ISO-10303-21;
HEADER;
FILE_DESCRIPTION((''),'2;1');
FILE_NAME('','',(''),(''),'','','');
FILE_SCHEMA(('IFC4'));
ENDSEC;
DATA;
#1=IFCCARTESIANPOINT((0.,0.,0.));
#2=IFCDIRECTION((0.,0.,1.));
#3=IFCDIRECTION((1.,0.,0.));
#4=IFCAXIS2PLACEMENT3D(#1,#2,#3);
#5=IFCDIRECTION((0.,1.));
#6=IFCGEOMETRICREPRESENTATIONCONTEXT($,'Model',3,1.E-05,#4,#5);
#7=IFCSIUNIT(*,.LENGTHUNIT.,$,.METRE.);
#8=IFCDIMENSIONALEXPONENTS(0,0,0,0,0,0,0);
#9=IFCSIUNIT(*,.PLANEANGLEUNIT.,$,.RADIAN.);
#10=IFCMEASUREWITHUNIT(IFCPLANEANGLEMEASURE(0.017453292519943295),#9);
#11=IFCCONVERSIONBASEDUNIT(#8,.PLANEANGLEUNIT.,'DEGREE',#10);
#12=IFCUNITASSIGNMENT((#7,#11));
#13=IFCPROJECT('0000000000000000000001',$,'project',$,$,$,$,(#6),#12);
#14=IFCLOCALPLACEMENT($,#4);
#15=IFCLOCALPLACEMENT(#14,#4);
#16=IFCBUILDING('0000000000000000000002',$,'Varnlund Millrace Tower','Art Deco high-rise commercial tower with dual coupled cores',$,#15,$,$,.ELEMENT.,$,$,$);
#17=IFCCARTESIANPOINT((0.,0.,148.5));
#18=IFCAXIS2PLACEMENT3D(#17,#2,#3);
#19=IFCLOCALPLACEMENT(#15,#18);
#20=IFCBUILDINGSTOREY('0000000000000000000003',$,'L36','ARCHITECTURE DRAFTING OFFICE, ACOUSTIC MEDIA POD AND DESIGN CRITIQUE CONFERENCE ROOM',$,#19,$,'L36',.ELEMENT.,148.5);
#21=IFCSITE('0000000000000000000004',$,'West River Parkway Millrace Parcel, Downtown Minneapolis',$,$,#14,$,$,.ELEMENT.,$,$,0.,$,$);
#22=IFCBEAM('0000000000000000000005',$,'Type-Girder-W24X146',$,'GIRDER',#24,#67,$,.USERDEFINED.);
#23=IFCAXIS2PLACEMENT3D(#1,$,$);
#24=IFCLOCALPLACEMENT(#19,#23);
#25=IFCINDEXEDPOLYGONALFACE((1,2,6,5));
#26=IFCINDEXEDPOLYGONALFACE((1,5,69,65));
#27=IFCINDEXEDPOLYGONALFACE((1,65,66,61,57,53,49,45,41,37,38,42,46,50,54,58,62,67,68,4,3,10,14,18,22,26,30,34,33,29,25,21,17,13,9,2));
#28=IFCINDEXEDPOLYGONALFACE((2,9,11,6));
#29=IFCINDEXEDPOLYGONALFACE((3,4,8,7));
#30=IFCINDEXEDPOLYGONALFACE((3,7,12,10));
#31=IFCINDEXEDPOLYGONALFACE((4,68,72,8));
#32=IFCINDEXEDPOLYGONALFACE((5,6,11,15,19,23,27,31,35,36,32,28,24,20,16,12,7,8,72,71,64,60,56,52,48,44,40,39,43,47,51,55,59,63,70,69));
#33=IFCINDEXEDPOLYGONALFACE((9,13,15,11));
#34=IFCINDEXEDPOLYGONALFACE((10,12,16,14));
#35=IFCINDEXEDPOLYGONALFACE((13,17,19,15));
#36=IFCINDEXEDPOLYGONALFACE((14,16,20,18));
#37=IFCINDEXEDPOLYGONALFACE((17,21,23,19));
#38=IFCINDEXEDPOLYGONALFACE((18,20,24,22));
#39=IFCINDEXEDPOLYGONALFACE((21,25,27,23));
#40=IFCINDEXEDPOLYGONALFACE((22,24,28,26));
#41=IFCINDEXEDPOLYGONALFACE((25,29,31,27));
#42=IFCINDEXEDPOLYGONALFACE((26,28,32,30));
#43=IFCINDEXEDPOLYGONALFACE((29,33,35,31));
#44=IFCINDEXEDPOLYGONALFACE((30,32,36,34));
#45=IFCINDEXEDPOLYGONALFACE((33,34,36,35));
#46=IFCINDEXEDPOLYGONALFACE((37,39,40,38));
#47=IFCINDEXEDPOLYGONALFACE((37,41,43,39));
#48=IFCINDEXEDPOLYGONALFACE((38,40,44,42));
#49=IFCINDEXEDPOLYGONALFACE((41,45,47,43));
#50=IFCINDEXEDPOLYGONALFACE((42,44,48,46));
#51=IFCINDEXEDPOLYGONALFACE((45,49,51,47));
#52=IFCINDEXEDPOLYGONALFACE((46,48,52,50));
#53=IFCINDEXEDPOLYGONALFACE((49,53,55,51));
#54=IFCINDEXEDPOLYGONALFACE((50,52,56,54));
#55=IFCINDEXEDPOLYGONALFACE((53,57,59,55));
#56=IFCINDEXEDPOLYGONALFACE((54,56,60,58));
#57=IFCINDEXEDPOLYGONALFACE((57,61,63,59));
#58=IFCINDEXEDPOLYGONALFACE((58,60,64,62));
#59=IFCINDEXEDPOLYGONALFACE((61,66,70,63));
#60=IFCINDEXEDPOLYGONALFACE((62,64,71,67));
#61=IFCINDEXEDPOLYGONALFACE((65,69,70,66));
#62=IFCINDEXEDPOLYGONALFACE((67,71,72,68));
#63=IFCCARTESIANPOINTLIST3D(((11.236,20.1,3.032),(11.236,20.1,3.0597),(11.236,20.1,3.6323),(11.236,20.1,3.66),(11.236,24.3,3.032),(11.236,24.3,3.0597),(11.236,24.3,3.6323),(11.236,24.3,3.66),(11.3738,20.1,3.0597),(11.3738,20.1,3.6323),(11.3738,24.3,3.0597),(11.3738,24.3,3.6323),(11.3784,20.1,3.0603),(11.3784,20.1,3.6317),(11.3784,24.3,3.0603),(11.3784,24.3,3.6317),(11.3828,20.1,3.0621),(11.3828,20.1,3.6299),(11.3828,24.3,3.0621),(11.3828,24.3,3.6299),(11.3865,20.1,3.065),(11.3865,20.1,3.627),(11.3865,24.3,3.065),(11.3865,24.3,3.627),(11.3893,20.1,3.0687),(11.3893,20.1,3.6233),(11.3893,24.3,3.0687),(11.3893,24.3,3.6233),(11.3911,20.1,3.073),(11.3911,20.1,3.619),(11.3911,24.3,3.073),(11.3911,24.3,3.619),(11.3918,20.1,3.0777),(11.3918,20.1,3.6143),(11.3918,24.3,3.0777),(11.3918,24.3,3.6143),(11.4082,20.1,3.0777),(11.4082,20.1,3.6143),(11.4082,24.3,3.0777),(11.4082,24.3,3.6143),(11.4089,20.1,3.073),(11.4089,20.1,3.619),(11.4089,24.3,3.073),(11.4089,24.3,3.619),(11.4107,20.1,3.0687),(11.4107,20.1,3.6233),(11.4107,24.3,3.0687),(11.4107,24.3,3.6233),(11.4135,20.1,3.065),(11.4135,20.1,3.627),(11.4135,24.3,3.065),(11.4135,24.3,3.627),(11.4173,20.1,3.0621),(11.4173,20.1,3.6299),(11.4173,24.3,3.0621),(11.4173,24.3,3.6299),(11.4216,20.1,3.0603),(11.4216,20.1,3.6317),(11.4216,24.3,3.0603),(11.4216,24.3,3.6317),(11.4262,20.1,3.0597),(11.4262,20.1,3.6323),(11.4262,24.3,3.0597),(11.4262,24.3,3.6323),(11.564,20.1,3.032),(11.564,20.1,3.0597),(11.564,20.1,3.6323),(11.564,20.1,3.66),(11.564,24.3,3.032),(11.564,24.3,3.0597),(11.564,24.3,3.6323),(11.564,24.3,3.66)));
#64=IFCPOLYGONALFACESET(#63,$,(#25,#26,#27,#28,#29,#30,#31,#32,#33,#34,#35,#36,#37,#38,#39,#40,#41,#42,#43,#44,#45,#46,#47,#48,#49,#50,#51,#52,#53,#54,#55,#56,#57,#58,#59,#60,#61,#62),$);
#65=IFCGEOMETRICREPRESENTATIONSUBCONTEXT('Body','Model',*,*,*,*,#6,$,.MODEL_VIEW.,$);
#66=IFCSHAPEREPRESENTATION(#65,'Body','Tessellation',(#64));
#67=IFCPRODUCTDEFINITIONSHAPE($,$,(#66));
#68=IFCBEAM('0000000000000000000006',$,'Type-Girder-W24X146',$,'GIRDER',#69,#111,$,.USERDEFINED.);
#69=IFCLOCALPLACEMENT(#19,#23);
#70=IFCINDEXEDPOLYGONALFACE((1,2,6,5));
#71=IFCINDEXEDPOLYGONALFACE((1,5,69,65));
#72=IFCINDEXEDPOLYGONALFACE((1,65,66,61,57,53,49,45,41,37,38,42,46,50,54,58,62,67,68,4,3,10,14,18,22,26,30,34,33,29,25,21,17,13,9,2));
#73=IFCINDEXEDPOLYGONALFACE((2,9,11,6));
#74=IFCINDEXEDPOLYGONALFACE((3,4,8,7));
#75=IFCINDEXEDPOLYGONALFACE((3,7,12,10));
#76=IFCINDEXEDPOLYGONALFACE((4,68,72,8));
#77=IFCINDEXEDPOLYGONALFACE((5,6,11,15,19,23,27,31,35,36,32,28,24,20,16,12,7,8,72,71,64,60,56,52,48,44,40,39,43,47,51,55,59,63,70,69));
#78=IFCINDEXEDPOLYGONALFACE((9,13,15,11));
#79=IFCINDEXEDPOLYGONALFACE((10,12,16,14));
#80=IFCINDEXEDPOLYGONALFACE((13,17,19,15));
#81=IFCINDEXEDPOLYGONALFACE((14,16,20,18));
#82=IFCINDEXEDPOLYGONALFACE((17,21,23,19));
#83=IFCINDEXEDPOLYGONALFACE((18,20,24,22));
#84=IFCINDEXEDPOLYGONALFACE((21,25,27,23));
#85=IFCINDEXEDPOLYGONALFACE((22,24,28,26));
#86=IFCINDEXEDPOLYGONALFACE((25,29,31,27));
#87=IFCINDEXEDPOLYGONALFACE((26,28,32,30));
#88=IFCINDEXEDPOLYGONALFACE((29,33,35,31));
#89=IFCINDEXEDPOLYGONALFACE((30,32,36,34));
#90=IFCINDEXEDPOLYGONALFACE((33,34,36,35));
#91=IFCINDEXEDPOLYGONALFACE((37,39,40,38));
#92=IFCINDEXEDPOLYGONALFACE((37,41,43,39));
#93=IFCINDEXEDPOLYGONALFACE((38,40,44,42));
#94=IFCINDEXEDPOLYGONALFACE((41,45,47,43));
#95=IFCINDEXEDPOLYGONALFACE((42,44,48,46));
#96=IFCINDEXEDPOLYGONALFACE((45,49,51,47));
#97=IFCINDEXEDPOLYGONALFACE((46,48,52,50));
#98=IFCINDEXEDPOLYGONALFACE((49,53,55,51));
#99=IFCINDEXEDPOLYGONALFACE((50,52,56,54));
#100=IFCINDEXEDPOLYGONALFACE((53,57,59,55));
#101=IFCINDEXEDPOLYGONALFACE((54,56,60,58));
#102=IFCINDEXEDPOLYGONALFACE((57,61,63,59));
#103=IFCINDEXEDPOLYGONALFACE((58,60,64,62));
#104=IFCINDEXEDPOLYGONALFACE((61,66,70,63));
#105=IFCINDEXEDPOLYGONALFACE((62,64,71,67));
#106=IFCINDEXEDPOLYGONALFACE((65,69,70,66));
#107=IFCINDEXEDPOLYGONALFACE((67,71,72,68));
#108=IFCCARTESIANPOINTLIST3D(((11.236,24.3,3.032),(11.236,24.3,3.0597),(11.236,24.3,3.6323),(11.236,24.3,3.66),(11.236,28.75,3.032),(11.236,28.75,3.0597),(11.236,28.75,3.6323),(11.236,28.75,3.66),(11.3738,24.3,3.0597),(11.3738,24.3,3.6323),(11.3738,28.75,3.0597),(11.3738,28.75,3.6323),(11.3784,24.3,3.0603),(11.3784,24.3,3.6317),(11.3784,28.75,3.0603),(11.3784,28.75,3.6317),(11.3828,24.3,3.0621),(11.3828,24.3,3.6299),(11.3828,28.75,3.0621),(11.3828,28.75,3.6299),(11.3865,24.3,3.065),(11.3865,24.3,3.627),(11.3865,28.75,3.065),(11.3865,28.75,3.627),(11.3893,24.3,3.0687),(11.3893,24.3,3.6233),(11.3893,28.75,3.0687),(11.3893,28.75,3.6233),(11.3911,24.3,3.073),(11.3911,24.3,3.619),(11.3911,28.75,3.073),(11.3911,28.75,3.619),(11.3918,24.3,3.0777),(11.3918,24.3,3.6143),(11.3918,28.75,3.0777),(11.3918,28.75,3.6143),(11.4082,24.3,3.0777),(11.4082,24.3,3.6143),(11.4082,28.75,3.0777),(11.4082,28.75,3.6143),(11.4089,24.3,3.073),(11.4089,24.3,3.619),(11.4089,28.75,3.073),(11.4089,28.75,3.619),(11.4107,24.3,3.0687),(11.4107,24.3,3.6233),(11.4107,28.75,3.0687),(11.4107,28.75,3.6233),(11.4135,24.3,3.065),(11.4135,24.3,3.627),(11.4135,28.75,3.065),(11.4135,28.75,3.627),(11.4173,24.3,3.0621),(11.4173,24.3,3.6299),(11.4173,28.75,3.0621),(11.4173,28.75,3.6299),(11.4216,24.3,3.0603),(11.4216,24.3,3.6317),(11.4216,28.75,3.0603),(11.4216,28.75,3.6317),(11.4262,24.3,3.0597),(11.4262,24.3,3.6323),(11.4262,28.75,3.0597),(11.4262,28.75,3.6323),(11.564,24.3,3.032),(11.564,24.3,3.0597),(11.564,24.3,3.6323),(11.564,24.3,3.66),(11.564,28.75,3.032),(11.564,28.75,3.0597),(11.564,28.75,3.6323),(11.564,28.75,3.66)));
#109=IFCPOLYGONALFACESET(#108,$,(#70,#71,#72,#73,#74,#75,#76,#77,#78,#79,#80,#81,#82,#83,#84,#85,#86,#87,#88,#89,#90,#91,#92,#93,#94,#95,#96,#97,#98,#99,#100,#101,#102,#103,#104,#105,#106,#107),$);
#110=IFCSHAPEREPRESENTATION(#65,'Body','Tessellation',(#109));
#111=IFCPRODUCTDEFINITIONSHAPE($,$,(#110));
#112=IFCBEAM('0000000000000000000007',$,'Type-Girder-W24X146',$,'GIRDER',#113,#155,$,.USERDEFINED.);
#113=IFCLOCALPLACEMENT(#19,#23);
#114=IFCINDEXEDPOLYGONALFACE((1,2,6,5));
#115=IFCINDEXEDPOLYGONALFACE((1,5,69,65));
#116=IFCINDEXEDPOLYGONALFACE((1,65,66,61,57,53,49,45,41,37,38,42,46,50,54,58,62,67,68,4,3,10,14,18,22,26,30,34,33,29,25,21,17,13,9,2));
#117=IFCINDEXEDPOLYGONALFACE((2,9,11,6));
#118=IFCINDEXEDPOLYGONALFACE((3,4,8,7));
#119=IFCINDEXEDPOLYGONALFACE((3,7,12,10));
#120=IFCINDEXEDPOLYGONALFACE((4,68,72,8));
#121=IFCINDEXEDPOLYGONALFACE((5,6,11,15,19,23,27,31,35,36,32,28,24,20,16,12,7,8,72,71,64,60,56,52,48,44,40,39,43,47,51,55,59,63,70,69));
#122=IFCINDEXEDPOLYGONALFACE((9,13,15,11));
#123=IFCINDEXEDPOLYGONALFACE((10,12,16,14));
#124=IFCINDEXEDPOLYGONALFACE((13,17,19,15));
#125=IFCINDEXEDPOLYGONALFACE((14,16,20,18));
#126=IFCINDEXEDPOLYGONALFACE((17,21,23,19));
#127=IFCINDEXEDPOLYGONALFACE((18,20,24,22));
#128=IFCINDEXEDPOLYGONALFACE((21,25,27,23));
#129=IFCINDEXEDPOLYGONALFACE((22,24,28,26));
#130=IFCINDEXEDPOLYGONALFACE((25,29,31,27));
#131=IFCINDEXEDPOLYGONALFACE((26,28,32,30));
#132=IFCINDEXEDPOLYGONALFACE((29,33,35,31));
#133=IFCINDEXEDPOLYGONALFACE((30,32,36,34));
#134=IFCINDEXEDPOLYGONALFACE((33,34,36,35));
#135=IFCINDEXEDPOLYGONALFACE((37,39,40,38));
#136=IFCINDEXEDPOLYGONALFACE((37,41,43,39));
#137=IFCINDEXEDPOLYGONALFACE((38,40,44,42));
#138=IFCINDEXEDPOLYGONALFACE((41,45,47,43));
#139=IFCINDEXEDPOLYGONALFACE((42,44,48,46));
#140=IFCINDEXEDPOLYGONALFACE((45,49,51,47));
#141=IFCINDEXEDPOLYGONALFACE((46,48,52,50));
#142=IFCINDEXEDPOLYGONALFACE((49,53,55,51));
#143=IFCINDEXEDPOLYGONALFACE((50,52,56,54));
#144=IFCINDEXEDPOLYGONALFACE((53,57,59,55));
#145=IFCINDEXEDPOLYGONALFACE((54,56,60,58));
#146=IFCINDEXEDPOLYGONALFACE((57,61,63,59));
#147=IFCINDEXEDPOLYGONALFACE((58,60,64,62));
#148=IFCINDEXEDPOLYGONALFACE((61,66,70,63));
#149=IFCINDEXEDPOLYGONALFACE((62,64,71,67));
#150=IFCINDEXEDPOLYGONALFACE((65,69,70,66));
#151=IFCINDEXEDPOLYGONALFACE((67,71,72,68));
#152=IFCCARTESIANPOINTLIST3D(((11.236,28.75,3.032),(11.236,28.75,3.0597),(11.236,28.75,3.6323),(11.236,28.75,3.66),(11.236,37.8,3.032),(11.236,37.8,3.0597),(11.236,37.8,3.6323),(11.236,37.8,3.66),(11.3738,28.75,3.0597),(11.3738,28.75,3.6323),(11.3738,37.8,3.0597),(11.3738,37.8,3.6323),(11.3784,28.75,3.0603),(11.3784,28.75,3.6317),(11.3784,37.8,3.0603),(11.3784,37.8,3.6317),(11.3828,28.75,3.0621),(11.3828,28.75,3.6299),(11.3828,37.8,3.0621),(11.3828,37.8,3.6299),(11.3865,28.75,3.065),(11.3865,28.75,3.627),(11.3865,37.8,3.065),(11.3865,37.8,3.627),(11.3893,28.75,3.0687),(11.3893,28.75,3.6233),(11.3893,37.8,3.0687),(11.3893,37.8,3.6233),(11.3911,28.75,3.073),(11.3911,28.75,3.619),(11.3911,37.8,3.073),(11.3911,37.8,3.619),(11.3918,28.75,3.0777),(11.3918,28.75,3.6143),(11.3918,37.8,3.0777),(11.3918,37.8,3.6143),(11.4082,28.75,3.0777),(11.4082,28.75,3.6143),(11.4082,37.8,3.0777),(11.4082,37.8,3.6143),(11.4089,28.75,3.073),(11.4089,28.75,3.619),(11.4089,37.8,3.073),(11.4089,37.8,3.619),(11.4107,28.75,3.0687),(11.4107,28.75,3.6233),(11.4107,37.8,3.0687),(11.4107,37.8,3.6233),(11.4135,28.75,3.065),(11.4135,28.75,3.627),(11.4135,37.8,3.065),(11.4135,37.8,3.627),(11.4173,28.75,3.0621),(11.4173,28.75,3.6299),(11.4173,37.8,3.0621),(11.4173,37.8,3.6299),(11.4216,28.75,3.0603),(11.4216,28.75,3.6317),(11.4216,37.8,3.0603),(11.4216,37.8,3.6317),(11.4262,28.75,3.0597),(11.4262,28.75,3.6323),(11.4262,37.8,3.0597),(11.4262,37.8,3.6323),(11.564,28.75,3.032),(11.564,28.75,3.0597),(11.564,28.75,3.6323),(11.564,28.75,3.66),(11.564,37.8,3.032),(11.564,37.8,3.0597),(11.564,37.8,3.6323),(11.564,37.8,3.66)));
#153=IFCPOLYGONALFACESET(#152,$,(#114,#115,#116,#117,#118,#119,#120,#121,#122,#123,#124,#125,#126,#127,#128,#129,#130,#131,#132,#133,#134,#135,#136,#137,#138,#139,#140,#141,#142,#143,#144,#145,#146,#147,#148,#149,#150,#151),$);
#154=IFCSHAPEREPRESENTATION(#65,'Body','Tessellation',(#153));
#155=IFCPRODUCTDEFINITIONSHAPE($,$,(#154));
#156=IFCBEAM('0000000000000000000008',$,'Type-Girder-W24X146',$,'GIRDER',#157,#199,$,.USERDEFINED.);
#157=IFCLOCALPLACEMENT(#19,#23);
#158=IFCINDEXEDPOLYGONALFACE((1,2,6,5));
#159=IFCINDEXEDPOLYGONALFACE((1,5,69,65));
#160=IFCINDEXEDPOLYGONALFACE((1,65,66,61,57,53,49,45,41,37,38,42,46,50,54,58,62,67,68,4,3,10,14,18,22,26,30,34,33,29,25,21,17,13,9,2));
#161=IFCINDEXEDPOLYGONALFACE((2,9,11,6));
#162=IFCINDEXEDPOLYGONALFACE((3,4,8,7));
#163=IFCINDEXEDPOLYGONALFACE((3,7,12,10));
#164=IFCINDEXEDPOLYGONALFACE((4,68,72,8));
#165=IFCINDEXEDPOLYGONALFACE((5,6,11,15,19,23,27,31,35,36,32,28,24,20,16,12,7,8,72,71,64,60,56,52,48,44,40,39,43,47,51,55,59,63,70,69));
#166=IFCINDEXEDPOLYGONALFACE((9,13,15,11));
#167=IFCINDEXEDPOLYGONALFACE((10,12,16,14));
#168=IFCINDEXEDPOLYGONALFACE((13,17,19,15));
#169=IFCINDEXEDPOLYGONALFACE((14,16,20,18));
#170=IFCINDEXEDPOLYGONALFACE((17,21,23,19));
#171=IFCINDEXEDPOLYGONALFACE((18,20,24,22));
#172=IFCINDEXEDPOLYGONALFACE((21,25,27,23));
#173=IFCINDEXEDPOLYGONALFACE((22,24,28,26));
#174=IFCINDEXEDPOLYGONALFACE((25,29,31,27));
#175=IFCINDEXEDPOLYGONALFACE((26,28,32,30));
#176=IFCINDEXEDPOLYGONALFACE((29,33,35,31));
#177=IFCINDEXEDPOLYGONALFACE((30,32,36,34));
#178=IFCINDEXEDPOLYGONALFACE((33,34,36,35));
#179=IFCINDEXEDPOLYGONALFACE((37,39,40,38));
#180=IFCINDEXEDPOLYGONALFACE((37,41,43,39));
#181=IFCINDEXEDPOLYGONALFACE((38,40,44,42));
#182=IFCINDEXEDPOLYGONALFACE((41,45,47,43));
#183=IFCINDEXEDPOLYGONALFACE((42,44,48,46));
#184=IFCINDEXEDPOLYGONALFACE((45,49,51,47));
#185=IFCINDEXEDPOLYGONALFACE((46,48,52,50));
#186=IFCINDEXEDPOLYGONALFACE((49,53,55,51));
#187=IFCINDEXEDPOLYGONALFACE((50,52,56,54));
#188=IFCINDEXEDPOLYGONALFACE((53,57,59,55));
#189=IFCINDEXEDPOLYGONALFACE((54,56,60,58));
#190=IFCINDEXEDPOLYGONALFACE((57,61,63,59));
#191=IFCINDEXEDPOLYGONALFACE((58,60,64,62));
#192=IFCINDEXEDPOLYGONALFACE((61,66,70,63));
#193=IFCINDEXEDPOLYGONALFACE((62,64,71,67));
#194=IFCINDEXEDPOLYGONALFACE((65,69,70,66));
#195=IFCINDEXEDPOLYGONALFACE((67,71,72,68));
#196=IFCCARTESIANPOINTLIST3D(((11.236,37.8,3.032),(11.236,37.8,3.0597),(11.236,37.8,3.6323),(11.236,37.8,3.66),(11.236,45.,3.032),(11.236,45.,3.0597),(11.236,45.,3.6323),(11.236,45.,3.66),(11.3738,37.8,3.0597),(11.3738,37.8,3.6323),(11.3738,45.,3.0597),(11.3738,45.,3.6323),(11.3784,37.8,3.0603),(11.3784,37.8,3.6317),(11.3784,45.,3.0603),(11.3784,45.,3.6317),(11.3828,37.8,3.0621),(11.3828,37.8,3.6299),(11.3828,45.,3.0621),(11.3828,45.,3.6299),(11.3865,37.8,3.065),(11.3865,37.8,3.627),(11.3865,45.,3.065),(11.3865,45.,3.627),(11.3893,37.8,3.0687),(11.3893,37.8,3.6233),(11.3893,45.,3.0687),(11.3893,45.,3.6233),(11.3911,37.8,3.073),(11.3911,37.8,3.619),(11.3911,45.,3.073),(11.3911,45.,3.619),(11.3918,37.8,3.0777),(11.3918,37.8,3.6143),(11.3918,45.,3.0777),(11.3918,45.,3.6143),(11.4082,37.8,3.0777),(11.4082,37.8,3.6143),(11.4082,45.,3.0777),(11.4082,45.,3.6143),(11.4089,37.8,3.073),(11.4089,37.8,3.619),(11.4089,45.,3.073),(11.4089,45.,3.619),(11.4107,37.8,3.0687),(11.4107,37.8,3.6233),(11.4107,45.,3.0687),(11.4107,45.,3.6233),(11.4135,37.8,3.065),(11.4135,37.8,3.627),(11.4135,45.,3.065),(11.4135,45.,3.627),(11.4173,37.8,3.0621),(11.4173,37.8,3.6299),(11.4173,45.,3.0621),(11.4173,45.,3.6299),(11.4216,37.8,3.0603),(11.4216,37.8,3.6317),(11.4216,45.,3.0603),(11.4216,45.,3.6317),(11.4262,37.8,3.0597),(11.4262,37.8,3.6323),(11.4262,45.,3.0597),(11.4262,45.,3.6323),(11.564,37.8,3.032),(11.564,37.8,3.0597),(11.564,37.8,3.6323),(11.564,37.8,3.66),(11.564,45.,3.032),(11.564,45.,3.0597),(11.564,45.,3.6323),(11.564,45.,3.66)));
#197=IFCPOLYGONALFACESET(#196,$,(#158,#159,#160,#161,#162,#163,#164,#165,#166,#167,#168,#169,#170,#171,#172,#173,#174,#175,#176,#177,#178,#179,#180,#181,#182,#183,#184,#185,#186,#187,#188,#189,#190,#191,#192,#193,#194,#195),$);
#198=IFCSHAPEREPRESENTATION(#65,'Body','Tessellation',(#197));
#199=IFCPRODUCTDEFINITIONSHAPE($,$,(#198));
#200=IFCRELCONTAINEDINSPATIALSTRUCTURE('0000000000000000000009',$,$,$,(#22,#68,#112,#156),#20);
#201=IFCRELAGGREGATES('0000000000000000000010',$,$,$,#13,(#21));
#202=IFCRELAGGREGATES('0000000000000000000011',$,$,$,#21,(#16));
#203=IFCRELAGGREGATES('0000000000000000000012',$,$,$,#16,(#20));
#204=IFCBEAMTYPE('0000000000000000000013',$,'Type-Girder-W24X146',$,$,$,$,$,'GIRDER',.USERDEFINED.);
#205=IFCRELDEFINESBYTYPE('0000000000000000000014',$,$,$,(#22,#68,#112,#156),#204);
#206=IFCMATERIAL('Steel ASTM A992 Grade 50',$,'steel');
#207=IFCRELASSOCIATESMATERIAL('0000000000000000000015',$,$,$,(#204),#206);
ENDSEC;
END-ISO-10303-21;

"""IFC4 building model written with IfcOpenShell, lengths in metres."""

from ifc_helpers import new_model, entity, si_unit, converted_unit, direction, frame, origin_with_axes, origin_2d_with_axis, place, context, subcontext, project, spatial, i_section, extrude, material, material_profile, profile_set, type_object, element, save


model = new_model("IFC4")

# Units and contexts
model_context = context("Model", 3, precision=1e-05, world=origin_with_axes(), true_north=direction((0.0, 1.0)))
body_context = subcontext(model_context, "Body", "Model", "MODEL_VIEW")
ifc_project = project(units=[si_unit("LENGTHUNIT", "METRE"), converted_unit("PLANEANGLEUNIT", "DEGREE", entity("IfcPlaneAngleMeasure", 0.017453292519943295), si_unit("PLANEANGLEUNIT", "RADIAN"), dimensions=[0, 0, 0, 0, 0, 0, 0])], contexts=[model_context])

# Site, building, storey
site_placement = place(None, origin_with_axes())
site = spatial("IfcSite", under=ifc_project, at=site_placement, Name="West River Parkway Millrace Parcel, Downtown Minneapolis", CompositionType="ELEMENT", RefElevation=0.0)
building_placement = place(site_placement, origin_with_axes())
building = spatial("IfcBuilding", under=site, at=building_placement, Name="Varnlund Millrace Tower", Description="Art Deco high-rise commercial tower with dual coupled cores", CompositionType="ELEMENT")
storey_placement = place(building_placement, frame((0.0, 0.0, 148.5), z_axis=(0.0, 0.0, 1.0), x_axis=(1.0, 0.0, 0.0)))
storey = spatial("IfcBuildingStorey", under=building, at=storey_placement, Name="L36", Description="ARCHITECTURE DRAFTING OFFICE, ACOUSTIC MEDIA POD AND DESIGN CRITIQUE CONFERENCE ROOM", LongName="L36", CompositionType="ELEMENT", Elevation=148.5)

# Beams
ifc_material_1 = material(Name="Steel ASTM A992 Grade 50", Category="steel")
ifc_material_profile_1 = material_profile(ifc_material_1, i_section(OverallWidth=0.328, OverallDepth=0.628, WebThickness=0.0165, FlangeThickness=0.0277, FilletRadius=0.018, at=origin_2d_with_axis()), Name="Steel ASTM A992 Grade 50")
ifc_profile_set_1 = profile_set([ifc_material_profile_1], Name="Steel ASTM A992 Grade 50")
beam_type_1 = type_object("IfcBeamType", Name="Type-Girder-W24X146", ElementType="GIRDER", PredefinedType="USERDEFINED", material=ifc_profile_set_1)
beam_1_placement = place(storey_placement, frame((11.4, 20.1, 3.346), z_axis=(0.0, 1.0, 0.0), x_axis=(-1.0, 0.0, 0.0)))
element("IfcBeam", 1, at=beam_1_placement, inside=storey, type_object=beam_type_1, Name="Type-Girder-W24X146", ObjectType="GIRDER", PredefinedType="USERDEFINED", context=body_context, shape_type="SweptSolid", body=[
    extrude(i_section(OverallWidth=0.328, OverallDepth=0.628, WebThickness=0.0165, FlangeThickness=0.0277, FilletRadius=0.018, at=origin_2d_with_axis()), origin_with_axes(), (0.0, 0.0, 1.0), 4.2),
])
beam_2_placement = place(storey_placement, frame((11.4, 24.3, 3.346), z_axis=(0.0, 1.0, 0.0), x_axis=(-1.0, 0.0, 0.0)))
element("IfcBeam", 2, at=beam_2_placement, inside=storey, type_object=beam_type_1, Name="Type-Girder-W24X146", ObjectType="GIRDER", PredefinedType="USERDEFINED", context=body_context, shape_type="SweptSolid", body=[
    extrude(i_section(OverallWidth=0.328, OverallDepth=0.628, WebThickness=0.0165, FlangeThickness=0.0277, FilletRadius=0.018, at=origin_2d_with_axis()), origin_with_axes(), (0.0, 0.0, 1.0), 4.45),
])
beam_3_placement = place(storey_placement, frame((11.4, 28.75, 3.346), z_axis=(0.0, 1.0, 0.0), x_axis=(-1.0, 0.0, 0.0)))
element("IfcBeam", 3, at=beam_3_placement, inside=storey, type_object=beam_type_1, Name="Type-Girder-W24X146", ObjectType="GIRDER", PredefinedType="USERDEFINED", context=body_context, shape_type="SweptSolid", body=[
    extrude(i_section(OverallWidth=0.328, OverallDepth=0.628, WebThickness=0.0165, FlangeThickness=0.0277, FilletRadius=0.018, at=origin_2d_with_axis()), origin_with_axes(), (0.0, 0.0, 1.0), 9.05),
])
beam_4_placement = place(storey_placement, frame((11.4, 37.8, 3.346), z_axis=(0.0, 1.0, 0.0), x_axis=(-1.0, 0.0, 0.0)))
element("IfcBeam", 4, at=beam_4_placement, inside=storey, type_object=beam_type_1, Name="Type-Girder-W24X146", ObjectType="GIRDER", PredefinedType="USERDEFINED", context=body_context, shape_type="SweptSolid", body=[
    extrude(i_section(OverallWidth=0.328, OverallDepth=0.628, WebThickness=0.0165, FlangeThickness=0.0277, FilletRadius=0.018, at=origin_2d_with_axis()), origin_with_axes(), (0.0, 0.0, 1.0), 7.2),
])

save(model, "model.ifc")
